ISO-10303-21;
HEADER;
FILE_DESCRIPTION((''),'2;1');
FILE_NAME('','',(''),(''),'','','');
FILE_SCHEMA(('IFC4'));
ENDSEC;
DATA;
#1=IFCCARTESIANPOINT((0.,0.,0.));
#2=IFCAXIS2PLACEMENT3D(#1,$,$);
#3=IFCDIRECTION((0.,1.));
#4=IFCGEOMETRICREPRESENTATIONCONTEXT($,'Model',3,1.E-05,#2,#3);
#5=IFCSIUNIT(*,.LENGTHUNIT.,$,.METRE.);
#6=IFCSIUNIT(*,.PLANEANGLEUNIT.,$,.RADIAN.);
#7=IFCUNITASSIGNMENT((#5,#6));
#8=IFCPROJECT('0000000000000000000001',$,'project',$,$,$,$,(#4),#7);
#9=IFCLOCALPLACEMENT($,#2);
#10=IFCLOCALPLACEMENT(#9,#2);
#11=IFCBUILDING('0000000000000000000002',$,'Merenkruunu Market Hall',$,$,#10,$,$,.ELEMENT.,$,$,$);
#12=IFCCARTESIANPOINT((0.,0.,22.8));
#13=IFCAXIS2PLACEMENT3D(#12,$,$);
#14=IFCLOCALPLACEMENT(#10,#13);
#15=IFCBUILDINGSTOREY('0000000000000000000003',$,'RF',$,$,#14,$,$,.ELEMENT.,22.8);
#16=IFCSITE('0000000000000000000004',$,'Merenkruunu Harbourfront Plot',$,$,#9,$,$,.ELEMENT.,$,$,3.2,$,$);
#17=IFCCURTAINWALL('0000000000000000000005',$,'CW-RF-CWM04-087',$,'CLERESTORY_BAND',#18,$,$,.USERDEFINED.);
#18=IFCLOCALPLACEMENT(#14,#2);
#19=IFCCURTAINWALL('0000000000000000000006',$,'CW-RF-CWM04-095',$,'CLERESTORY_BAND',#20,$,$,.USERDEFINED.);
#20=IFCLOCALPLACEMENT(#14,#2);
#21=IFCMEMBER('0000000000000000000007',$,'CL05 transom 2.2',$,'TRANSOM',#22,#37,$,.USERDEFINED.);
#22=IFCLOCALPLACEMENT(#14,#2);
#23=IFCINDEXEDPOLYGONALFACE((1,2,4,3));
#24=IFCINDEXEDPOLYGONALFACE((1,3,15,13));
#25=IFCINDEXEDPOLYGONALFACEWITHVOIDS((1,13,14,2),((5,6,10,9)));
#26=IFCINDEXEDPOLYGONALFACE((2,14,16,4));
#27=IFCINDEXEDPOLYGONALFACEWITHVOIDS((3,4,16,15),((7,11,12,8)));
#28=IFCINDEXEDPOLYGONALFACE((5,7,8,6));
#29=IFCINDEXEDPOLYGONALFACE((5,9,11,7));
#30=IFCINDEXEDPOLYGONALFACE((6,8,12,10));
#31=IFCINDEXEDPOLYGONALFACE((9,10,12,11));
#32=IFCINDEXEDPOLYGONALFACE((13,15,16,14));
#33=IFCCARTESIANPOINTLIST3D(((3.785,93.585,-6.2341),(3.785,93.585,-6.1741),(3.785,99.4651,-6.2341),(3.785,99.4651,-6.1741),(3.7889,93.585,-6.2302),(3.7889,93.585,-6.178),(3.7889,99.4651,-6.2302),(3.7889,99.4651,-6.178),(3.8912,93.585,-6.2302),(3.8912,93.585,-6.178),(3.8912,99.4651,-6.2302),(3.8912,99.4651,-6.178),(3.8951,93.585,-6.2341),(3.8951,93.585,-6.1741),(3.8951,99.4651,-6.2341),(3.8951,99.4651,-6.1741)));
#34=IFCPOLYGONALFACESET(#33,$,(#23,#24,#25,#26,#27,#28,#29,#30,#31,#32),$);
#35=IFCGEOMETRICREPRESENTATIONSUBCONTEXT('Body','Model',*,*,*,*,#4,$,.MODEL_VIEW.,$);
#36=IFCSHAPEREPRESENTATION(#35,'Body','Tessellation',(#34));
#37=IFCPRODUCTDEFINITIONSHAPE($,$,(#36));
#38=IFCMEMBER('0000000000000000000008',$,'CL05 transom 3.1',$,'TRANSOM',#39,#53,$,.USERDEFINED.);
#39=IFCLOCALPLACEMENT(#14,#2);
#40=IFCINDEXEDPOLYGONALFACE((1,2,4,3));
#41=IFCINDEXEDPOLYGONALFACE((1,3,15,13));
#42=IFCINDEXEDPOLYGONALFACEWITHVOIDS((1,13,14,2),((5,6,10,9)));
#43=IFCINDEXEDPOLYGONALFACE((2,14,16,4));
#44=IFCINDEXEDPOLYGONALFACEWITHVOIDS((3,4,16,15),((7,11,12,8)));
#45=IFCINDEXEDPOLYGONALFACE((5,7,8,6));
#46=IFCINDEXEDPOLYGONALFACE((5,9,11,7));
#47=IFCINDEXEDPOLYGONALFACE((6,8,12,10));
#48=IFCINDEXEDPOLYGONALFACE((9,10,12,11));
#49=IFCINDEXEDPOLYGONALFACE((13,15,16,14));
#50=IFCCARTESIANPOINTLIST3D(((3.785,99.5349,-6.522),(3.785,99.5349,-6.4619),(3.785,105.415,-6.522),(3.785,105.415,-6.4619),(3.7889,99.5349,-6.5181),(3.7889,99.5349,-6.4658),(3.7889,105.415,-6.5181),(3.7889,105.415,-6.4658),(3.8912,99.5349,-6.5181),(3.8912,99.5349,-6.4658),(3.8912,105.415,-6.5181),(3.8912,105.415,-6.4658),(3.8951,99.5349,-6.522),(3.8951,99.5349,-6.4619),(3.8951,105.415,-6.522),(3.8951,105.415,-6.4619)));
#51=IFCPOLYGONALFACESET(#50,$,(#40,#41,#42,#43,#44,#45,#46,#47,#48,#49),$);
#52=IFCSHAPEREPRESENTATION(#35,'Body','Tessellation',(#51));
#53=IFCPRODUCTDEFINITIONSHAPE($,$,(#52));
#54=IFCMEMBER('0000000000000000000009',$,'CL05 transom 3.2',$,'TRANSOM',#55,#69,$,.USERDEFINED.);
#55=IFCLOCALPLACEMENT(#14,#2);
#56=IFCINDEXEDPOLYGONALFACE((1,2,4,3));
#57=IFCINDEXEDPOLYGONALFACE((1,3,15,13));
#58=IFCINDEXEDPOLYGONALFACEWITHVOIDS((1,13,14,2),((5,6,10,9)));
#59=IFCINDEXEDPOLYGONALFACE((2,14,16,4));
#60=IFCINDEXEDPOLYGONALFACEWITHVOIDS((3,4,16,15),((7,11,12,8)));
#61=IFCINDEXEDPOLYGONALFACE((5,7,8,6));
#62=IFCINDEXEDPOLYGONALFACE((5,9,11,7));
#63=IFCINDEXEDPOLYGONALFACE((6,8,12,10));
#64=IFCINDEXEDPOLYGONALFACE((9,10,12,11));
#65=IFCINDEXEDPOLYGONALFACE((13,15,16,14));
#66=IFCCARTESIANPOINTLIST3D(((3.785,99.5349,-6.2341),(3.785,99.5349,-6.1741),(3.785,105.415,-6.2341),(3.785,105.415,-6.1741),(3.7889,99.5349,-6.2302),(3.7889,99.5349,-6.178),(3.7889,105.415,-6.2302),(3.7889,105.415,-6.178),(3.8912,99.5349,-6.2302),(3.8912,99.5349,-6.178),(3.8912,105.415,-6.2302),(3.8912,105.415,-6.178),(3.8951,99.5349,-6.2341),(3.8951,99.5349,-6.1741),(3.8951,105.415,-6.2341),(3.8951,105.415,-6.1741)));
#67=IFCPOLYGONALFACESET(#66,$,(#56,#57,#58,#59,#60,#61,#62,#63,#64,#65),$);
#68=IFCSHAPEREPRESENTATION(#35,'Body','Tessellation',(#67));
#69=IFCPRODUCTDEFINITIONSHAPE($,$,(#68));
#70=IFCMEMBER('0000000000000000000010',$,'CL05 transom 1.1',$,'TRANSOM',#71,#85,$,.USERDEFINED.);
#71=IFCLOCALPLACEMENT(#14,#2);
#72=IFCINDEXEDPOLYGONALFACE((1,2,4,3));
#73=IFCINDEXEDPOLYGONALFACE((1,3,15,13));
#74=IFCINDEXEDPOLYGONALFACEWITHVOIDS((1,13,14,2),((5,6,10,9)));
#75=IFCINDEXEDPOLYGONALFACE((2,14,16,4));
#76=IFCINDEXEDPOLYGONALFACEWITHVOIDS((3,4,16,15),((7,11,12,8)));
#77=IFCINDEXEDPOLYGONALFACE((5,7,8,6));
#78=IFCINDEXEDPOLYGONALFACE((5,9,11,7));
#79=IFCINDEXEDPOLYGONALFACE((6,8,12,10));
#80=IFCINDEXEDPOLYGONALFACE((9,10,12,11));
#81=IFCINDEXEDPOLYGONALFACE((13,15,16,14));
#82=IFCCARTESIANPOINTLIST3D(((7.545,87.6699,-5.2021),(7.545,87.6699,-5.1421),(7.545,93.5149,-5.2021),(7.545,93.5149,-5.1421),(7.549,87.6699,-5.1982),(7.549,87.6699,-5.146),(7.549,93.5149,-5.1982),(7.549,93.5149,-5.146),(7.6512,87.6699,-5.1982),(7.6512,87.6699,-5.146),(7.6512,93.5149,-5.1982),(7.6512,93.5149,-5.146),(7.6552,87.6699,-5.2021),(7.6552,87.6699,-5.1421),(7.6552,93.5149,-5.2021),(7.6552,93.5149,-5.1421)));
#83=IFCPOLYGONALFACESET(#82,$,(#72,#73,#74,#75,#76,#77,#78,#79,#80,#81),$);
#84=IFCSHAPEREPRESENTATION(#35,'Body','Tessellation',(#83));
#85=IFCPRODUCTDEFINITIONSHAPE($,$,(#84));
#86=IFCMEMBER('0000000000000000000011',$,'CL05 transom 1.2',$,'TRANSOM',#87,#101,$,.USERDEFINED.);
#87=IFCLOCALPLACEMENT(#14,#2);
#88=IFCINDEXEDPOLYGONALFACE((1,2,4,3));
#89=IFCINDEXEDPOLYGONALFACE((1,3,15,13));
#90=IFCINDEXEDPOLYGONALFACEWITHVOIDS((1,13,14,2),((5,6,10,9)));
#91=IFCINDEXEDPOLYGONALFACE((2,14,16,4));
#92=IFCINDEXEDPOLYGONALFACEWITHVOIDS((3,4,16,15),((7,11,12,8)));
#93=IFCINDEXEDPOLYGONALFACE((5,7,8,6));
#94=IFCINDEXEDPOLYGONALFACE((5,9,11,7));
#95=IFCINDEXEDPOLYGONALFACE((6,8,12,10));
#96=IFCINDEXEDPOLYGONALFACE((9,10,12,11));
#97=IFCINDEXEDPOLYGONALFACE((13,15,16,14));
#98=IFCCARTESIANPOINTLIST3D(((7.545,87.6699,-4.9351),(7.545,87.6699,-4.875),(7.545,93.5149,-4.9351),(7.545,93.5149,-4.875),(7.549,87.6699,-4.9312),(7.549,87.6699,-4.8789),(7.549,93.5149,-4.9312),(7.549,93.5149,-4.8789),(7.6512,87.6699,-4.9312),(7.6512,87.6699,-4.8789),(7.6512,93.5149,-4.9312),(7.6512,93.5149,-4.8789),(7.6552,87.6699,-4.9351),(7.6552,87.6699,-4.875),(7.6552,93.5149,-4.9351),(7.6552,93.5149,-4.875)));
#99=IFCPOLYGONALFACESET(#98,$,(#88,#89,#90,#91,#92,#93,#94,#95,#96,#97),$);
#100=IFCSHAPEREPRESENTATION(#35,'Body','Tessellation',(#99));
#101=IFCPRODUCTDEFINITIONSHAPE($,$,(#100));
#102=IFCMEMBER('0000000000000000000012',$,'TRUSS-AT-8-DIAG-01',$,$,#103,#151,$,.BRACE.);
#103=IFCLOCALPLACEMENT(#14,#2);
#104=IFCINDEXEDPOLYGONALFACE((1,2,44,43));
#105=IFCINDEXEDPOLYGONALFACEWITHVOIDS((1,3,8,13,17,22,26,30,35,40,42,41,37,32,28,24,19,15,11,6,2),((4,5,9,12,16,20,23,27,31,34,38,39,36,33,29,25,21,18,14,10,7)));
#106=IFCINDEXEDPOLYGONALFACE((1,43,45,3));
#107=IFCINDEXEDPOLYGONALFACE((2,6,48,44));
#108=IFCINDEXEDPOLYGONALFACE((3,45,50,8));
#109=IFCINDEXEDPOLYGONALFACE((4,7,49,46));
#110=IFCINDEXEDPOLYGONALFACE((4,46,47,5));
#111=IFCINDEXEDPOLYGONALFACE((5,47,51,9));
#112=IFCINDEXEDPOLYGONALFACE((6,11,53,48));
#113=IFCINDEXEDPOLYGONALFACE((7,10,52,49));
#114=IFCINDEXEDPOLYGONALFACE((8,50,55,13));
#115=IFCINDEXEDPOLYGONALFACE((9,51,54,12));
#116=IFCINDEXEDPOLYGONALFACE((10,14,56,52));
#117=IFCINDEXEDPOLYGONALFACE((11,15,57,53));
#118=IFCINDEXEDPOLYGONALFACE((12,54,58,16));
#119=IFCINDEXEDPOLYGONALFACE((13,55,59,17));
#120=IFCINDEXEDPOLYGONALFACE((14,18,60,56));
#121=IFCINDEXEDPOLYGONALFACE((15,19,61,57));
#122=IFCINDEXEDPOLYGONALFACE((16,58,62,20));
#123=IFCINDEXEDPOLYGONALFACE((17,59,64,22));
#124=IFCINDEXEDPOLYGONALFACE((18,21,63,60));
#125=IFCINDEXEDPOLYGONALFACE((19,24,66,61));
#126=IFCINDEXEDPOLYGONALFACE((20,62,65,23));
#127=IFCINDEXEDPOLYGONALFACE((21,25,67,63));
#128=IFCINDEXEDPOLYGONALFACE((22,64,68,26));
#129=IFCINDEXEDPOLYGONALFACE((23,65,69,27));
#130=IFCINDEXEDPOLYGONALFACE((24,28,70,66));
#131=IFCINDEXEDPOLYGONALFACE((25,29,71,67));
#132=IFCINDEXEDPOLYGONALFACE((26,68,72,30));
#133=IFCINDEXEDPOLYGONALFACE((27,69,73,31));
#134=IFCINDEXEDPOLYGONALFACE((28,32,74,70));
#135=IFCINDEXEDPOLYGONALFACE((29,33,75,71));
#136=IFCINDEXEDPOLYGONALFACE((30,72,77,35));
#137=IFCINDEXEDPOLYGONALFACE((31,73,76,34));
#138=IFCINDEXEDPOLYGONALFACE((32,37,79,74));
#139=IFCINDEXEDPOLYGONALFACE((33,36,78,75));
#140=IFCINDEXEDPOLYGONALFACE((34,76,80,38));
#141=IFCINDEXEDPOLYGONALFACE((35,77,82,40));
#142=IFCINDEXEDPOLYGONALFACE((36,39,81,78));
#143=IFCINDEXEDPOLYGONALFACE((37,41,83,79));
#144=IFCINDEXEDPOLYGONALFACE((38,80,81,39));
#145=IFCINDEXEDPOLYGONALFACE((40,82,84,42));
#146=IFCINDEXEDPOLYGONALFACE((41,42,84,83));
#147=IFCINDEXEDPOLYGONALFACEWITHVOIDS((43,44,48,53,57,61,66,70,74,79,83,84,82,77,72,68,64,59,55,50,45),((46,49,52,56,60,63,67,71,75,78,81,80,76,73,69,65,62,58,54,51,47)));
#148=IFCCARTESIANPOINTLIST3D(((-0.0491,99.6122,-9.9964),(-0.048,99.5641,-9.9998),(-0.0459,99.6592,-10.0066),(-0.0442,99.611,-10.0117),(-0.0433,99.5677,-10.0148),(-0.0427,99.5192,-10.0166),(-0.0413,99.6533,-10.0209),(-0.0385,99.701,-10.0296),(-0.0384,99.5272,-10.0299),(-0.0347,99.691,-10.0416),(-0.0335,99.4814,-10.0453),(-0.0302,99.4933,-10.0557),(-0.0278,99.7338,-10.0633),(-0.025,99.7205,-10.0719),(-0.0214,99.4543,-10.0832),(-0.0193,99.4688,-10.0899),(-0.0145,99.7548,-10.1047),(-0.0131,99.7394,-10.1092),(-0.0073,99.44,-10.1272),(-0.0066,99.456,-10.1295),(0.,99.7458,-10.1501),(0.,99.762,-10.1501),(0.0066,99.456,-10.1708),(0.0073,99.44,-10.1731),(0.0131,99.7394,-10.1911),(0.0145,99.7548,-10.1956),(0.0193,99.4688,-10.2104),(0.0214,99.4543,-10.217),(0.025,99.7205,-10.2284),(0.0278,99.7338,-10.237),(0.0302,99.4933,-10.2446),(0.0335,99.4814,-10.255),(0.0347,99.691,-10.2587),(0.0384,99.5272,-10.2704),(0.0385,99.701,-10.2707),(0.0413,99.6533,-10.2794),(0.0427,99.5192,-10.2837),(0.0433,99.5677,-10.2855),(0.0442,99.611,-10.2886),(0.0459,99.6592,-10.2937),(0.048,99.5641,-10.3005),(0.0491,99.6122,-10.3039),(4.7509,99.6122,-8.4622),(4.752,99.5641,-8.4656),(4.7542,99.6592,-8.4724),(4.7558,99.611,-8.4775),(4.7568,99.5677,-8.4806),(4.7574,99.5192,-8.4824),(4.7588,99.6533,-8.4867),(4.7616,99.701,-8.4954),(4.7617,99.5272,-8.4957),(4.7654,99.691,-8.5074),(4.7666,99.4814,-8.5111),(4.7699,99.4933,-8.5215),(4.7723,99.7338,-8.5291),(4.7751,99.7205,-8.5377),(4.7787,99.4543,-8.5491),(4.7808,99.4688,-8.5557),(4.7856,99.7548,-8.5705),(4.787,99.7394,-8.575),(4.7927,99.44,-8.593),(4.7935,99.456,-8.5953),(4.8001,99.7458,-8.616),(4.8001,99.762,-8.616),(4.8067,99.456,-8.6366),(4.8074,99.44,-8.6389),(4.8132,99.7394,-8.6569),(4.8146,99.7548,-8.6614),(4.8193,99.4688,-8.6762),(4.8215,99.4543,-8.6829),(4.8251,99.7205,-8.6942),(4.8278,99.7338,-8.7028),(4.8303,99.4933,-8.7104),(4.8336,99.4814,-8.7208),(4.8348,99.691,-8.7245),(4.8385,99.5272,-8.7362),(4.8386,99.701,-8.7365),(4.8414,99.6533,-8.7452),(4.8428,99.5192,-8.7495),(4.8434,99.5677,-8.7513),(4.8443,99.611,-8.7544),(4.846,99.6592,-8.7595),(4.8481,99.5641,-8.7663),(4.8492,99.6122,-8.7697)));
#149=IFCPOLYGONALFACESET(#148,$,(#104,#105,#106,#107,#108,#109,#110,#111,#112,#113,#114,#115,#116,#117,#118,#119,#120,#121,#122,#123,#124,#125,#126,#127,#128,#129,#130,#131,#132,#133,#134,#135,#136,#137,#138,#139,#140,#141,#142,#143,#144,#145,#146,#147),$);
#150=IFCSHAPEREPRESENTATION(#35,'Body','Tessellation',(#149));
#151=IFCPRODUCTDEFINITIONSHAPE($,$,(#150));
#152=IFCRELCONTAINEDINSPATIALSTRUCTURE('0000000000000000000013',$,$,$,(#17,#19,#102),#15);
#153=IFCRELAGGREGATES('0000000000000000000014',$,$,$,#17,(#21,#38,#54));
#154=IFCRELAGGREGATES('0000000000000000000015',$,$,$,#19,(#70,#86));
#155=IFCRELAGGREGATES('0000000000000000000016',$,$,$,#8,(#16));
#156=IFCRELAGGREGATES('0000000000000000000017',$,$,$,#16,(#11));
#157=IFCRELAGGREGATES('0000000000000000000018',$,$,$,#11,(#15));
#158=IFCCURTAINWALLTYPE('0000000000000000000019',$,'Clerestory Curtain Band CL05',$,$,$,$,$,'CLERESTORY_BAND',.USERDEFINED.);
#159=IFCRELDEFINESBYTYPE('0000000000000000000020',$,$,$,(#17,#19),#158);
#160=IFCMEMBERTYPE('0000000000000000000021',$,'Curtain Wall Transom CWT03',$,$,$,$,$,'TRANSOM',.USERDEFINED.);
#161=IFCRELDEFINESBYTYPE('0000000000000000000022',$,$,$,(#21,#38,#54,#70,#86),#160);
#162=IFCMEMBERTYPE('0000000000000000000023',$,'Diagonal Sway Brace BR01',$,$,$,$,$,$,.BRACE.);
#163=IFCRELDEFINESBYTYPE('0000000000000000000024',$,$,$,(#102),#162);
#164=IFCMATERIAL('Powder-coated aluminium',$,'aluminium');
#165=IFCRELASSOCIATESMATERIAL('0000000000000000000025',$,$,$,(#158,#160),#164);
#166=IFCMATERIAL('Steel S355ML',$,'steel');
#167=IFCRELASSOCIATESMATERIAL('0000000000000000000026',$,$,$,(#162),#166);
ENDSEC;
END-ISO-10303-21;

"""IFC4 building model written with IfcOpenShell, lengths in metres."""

from ifc_helpers import new_model, si_unit, direction, frame, origin, origin_2d, place, context, subcontext, project, spatial, hollow_rectangle, hollow_circle, extrude, material, material_profile, profile_set, type_object, element, aggregate, save


model = new_model("IFC4")

# Units and contexts
model_context = context("Model", 3, precision=1e-05, world=origin(), true_north=direction((0.0, 1.0)))
body_context = subcontext(model_context, "Body", "Model", "MODEL_VIEW")
ifc_project = project(units=[si_unit("LENGTHUNIT", "METRE"), si_unit("PLANEANGLEUNIT", "RADIAN")], contexts=[model_context])

# Site, building, storey
site_placement = place(None, origin())
site = spatial("IfcSite", under=ifc_project, at=site_placement, Name="Merenkruunu Harbourfront Plot", CompositionType="ELEMENT", RefElevation=3.2)
building_placement = place(site_placement, origin())
building = spatial("IfcBuilding", under=site, at=building_placement, Name="Merenkruunu Market Hall", CompositionType="ELEMENT")
storey_placement = place(building_placement, frame((0.0, 0.0, 22.8)))
storey = spatial("IfcBuildingStorey", under=building, at=storey_placement, Name="RF", CompositionType="ELEMENT", Elevation=22.8)

# Shared definitions
ifc_material_1 = material(Name="Steel S355ML", Category="steel")

# Curtain wall
ifc_material_2 = material(Name="Powder-coated aluminium", Category="aluminium")
curtain_wall_type = type_object("IfcCurtainWallType", Name="Clerestory Curtain Band CL05", ElementType="CLERESTORY_BAND", PredefinedType="USERDEFINED", material=ifc_material_2)
curtain_wall_1_placement = place(storey_placement, origin())
curtain_wall_1 = element("IfcCurtainWall", 1, at=curtain_wall_1_placement, inside=storey, type_object=curtain_wall_type, Name="CW-RF-CWM04-087", ObjectType="CLERESTORY_BAND", PredefinedType="USERDEFINED")

# Curtain wall
curtain_wall_2_placement = place(storey_placement, origin())
curtain_wall_2 = element("IfcCurtainWall", 2, at=curtain_wall_2_placement, inside=storey, type_object=curtain_wall_type, Name="CW-RF-CWM04-095", ObjectType="CLERESTORY_BAND", PredefinedType="USERDEFINED")

# Members
ifc_material_profile_1 = material_profile(ifc_material_2, hollow_rectangle(XDim=0.0601, YDim=0.1101, WallThickness=0.0039, at=origin_2d()), Name="ALU 60x110x4")
ifc_profile_set_1 = profile_set([ifc_material_profile_1], Name="Powder-coated aluminium")
member_type_1 = type_object("IfcMemberType", Name="Curtain Wall Transom CWT03", ElementType="TRANSOM", PredefinedType="USERDEFINED", material=ifc_profile_set_1)
member_1_placement = place(storey_placement, frame((3.8401, 93.585, -6.2041), z_axis=(0.0, 1.0, 0.0), x_axis=(0.0, 0.0, 1.0)))
member_1 = element("IfcMember", 3, at=member_1_placement, type_object=member_type_1, Name="CL05 transom 2.2", ObjectType="TRANSOM", PredefinedType="USERDEFINED", context=body_context, shape_type="SweptSolid", body=[
    extrude(hollow_rectangle(XDim=0.0601, YDim=0.1101, WallThickness=0.0039, at=origin_2d()), origin(), (0.0, 0.0, 1.0), 5.8801),
])
member_2_placement = place(storey_placement, frame((3.8401, 99.5349, -6.4919), z_axis=(0.0, 1.0, 0.0), x_axis=(0.0, 0.0, 1.0)))
member_2 = element("IfcMember", 4, at=member_2_placement, type_object=member_type_1, Name="CL05 transom 3.1", ObjectType="TRANSOM", PredefinedType="USERDEFINED", context=body_context, shape_type="SweptSolid", body=[
    extrude(hollow_rectangle(XDim=0.0601, YDim=0.1101, WallThickness=0.0039, at=origin_2d()), origin(), (0.0, 0.0, 1.0), 5.8801),
])
member_3_placement = place(storey_placement, frame((3.8401, 99.5349, -6.2041), z_axis=(0.0, 1.0, 0.0), x_axis=(0.0, 0.0, 1.0)))
member_3 = element("IfcMember", 5, at=member_3_placement, type_object=member_type_1, Name="CL05 transom 3.2", ObjectType="TRANSOM", PredefinedType="USERDEFINED", context=body_context, shape_type="SweptSolid", body=[
    extrude(hollow_rectangle(XDim=0.0601, YDim=0.1101, WallThickness=0.0039, at=origin_2d()), origin(), (0.0, 0.0, 1.0), 5.8801),
])
member_4_placement = place(storey_placement, frame((7.6001, 87.6699, -5.1721), z_axis=(0.0, 1.0, 0.0), x_axis=(0.0, 0.0, 1.0)))
member_4 = element("IfcMember", 6, at=member_4_placement, type_object=member_type_1, Name="CL05 transom 1.1", ObjectType="TRANSOM", PredefinedType="USERDEFINED", context=body_context, shape_type="SweptSolid", body=[
    extrude(hollow_rectangle(XDim=0.0601, YDim=0.1101, WallThickness=0.0039, at=origin_2d()), origin(), (0.0, 0.0, 1.0), 5.845),
])
member_5_placement = place(storey_placement, frame((7.6001, 87.6699, -4.905), z_axis=(0.0, 1.0, 0.0), x_axis=(0.0, 0.0, 1.0)))
member_5 = element("IfcMember", 7, at=member_5_placement, type_object=member_type_1, Name="CL05 transom 1.2", ObjectType="TRANSOM", PredefinedType="USERDEFINED", context=body_context, shape_type="SweptSolid", body=[
    extrude(hollow_rectangle(XDim=0.0601, YDim=0.1101, WallThickness=0.0039, at=origin_2d()), origin(), (0.0, 0.0, 1.0), 5.845),
])

# Member
ifc_material_profile_2 = material_profile(ifc_material_1, hollow_circle(Radius=0.1619, WallThickness=0.0161, at=origin_2d()), Name="CHS 323.9x16")
ifc_profile_set_2 = profile_set([ifc_material_profile_2], Name="Steel S355ML")
member_type_2 = type_object("IfcMemberType", Name="Diagonal Sway Brace BR01", PredefinedType="BRACE", material=ifc_profile_set_2)
member_6_placement = place(storey_placement, frame((0.0, 99.6001, -10.1501), z_axis=(0.95253, 0.0, 0.304445), x_axis=(0.0, 1.0, 0.0)))
element("IfcMember", 8, at=member_6_placement, inside=storey, type_object=member_type_2, Name="TRUSS-AT-8-DIAG-01", PredefinedType="BRACE", context=body_context, shape_type="SweptSolid", body=[
    extrude(hollow_circle(Radius=0.1619, WallThickness=0.0161, at=origin_2d()), origin(), (0.0, 0.0, 1.0), 5.0393),
])

aggregate(curtain_wall_1, [member_1, member_2, member_3])
aggregate(curtain_wall_2, [member_4, member_5])

save(model, "model.ifc")
